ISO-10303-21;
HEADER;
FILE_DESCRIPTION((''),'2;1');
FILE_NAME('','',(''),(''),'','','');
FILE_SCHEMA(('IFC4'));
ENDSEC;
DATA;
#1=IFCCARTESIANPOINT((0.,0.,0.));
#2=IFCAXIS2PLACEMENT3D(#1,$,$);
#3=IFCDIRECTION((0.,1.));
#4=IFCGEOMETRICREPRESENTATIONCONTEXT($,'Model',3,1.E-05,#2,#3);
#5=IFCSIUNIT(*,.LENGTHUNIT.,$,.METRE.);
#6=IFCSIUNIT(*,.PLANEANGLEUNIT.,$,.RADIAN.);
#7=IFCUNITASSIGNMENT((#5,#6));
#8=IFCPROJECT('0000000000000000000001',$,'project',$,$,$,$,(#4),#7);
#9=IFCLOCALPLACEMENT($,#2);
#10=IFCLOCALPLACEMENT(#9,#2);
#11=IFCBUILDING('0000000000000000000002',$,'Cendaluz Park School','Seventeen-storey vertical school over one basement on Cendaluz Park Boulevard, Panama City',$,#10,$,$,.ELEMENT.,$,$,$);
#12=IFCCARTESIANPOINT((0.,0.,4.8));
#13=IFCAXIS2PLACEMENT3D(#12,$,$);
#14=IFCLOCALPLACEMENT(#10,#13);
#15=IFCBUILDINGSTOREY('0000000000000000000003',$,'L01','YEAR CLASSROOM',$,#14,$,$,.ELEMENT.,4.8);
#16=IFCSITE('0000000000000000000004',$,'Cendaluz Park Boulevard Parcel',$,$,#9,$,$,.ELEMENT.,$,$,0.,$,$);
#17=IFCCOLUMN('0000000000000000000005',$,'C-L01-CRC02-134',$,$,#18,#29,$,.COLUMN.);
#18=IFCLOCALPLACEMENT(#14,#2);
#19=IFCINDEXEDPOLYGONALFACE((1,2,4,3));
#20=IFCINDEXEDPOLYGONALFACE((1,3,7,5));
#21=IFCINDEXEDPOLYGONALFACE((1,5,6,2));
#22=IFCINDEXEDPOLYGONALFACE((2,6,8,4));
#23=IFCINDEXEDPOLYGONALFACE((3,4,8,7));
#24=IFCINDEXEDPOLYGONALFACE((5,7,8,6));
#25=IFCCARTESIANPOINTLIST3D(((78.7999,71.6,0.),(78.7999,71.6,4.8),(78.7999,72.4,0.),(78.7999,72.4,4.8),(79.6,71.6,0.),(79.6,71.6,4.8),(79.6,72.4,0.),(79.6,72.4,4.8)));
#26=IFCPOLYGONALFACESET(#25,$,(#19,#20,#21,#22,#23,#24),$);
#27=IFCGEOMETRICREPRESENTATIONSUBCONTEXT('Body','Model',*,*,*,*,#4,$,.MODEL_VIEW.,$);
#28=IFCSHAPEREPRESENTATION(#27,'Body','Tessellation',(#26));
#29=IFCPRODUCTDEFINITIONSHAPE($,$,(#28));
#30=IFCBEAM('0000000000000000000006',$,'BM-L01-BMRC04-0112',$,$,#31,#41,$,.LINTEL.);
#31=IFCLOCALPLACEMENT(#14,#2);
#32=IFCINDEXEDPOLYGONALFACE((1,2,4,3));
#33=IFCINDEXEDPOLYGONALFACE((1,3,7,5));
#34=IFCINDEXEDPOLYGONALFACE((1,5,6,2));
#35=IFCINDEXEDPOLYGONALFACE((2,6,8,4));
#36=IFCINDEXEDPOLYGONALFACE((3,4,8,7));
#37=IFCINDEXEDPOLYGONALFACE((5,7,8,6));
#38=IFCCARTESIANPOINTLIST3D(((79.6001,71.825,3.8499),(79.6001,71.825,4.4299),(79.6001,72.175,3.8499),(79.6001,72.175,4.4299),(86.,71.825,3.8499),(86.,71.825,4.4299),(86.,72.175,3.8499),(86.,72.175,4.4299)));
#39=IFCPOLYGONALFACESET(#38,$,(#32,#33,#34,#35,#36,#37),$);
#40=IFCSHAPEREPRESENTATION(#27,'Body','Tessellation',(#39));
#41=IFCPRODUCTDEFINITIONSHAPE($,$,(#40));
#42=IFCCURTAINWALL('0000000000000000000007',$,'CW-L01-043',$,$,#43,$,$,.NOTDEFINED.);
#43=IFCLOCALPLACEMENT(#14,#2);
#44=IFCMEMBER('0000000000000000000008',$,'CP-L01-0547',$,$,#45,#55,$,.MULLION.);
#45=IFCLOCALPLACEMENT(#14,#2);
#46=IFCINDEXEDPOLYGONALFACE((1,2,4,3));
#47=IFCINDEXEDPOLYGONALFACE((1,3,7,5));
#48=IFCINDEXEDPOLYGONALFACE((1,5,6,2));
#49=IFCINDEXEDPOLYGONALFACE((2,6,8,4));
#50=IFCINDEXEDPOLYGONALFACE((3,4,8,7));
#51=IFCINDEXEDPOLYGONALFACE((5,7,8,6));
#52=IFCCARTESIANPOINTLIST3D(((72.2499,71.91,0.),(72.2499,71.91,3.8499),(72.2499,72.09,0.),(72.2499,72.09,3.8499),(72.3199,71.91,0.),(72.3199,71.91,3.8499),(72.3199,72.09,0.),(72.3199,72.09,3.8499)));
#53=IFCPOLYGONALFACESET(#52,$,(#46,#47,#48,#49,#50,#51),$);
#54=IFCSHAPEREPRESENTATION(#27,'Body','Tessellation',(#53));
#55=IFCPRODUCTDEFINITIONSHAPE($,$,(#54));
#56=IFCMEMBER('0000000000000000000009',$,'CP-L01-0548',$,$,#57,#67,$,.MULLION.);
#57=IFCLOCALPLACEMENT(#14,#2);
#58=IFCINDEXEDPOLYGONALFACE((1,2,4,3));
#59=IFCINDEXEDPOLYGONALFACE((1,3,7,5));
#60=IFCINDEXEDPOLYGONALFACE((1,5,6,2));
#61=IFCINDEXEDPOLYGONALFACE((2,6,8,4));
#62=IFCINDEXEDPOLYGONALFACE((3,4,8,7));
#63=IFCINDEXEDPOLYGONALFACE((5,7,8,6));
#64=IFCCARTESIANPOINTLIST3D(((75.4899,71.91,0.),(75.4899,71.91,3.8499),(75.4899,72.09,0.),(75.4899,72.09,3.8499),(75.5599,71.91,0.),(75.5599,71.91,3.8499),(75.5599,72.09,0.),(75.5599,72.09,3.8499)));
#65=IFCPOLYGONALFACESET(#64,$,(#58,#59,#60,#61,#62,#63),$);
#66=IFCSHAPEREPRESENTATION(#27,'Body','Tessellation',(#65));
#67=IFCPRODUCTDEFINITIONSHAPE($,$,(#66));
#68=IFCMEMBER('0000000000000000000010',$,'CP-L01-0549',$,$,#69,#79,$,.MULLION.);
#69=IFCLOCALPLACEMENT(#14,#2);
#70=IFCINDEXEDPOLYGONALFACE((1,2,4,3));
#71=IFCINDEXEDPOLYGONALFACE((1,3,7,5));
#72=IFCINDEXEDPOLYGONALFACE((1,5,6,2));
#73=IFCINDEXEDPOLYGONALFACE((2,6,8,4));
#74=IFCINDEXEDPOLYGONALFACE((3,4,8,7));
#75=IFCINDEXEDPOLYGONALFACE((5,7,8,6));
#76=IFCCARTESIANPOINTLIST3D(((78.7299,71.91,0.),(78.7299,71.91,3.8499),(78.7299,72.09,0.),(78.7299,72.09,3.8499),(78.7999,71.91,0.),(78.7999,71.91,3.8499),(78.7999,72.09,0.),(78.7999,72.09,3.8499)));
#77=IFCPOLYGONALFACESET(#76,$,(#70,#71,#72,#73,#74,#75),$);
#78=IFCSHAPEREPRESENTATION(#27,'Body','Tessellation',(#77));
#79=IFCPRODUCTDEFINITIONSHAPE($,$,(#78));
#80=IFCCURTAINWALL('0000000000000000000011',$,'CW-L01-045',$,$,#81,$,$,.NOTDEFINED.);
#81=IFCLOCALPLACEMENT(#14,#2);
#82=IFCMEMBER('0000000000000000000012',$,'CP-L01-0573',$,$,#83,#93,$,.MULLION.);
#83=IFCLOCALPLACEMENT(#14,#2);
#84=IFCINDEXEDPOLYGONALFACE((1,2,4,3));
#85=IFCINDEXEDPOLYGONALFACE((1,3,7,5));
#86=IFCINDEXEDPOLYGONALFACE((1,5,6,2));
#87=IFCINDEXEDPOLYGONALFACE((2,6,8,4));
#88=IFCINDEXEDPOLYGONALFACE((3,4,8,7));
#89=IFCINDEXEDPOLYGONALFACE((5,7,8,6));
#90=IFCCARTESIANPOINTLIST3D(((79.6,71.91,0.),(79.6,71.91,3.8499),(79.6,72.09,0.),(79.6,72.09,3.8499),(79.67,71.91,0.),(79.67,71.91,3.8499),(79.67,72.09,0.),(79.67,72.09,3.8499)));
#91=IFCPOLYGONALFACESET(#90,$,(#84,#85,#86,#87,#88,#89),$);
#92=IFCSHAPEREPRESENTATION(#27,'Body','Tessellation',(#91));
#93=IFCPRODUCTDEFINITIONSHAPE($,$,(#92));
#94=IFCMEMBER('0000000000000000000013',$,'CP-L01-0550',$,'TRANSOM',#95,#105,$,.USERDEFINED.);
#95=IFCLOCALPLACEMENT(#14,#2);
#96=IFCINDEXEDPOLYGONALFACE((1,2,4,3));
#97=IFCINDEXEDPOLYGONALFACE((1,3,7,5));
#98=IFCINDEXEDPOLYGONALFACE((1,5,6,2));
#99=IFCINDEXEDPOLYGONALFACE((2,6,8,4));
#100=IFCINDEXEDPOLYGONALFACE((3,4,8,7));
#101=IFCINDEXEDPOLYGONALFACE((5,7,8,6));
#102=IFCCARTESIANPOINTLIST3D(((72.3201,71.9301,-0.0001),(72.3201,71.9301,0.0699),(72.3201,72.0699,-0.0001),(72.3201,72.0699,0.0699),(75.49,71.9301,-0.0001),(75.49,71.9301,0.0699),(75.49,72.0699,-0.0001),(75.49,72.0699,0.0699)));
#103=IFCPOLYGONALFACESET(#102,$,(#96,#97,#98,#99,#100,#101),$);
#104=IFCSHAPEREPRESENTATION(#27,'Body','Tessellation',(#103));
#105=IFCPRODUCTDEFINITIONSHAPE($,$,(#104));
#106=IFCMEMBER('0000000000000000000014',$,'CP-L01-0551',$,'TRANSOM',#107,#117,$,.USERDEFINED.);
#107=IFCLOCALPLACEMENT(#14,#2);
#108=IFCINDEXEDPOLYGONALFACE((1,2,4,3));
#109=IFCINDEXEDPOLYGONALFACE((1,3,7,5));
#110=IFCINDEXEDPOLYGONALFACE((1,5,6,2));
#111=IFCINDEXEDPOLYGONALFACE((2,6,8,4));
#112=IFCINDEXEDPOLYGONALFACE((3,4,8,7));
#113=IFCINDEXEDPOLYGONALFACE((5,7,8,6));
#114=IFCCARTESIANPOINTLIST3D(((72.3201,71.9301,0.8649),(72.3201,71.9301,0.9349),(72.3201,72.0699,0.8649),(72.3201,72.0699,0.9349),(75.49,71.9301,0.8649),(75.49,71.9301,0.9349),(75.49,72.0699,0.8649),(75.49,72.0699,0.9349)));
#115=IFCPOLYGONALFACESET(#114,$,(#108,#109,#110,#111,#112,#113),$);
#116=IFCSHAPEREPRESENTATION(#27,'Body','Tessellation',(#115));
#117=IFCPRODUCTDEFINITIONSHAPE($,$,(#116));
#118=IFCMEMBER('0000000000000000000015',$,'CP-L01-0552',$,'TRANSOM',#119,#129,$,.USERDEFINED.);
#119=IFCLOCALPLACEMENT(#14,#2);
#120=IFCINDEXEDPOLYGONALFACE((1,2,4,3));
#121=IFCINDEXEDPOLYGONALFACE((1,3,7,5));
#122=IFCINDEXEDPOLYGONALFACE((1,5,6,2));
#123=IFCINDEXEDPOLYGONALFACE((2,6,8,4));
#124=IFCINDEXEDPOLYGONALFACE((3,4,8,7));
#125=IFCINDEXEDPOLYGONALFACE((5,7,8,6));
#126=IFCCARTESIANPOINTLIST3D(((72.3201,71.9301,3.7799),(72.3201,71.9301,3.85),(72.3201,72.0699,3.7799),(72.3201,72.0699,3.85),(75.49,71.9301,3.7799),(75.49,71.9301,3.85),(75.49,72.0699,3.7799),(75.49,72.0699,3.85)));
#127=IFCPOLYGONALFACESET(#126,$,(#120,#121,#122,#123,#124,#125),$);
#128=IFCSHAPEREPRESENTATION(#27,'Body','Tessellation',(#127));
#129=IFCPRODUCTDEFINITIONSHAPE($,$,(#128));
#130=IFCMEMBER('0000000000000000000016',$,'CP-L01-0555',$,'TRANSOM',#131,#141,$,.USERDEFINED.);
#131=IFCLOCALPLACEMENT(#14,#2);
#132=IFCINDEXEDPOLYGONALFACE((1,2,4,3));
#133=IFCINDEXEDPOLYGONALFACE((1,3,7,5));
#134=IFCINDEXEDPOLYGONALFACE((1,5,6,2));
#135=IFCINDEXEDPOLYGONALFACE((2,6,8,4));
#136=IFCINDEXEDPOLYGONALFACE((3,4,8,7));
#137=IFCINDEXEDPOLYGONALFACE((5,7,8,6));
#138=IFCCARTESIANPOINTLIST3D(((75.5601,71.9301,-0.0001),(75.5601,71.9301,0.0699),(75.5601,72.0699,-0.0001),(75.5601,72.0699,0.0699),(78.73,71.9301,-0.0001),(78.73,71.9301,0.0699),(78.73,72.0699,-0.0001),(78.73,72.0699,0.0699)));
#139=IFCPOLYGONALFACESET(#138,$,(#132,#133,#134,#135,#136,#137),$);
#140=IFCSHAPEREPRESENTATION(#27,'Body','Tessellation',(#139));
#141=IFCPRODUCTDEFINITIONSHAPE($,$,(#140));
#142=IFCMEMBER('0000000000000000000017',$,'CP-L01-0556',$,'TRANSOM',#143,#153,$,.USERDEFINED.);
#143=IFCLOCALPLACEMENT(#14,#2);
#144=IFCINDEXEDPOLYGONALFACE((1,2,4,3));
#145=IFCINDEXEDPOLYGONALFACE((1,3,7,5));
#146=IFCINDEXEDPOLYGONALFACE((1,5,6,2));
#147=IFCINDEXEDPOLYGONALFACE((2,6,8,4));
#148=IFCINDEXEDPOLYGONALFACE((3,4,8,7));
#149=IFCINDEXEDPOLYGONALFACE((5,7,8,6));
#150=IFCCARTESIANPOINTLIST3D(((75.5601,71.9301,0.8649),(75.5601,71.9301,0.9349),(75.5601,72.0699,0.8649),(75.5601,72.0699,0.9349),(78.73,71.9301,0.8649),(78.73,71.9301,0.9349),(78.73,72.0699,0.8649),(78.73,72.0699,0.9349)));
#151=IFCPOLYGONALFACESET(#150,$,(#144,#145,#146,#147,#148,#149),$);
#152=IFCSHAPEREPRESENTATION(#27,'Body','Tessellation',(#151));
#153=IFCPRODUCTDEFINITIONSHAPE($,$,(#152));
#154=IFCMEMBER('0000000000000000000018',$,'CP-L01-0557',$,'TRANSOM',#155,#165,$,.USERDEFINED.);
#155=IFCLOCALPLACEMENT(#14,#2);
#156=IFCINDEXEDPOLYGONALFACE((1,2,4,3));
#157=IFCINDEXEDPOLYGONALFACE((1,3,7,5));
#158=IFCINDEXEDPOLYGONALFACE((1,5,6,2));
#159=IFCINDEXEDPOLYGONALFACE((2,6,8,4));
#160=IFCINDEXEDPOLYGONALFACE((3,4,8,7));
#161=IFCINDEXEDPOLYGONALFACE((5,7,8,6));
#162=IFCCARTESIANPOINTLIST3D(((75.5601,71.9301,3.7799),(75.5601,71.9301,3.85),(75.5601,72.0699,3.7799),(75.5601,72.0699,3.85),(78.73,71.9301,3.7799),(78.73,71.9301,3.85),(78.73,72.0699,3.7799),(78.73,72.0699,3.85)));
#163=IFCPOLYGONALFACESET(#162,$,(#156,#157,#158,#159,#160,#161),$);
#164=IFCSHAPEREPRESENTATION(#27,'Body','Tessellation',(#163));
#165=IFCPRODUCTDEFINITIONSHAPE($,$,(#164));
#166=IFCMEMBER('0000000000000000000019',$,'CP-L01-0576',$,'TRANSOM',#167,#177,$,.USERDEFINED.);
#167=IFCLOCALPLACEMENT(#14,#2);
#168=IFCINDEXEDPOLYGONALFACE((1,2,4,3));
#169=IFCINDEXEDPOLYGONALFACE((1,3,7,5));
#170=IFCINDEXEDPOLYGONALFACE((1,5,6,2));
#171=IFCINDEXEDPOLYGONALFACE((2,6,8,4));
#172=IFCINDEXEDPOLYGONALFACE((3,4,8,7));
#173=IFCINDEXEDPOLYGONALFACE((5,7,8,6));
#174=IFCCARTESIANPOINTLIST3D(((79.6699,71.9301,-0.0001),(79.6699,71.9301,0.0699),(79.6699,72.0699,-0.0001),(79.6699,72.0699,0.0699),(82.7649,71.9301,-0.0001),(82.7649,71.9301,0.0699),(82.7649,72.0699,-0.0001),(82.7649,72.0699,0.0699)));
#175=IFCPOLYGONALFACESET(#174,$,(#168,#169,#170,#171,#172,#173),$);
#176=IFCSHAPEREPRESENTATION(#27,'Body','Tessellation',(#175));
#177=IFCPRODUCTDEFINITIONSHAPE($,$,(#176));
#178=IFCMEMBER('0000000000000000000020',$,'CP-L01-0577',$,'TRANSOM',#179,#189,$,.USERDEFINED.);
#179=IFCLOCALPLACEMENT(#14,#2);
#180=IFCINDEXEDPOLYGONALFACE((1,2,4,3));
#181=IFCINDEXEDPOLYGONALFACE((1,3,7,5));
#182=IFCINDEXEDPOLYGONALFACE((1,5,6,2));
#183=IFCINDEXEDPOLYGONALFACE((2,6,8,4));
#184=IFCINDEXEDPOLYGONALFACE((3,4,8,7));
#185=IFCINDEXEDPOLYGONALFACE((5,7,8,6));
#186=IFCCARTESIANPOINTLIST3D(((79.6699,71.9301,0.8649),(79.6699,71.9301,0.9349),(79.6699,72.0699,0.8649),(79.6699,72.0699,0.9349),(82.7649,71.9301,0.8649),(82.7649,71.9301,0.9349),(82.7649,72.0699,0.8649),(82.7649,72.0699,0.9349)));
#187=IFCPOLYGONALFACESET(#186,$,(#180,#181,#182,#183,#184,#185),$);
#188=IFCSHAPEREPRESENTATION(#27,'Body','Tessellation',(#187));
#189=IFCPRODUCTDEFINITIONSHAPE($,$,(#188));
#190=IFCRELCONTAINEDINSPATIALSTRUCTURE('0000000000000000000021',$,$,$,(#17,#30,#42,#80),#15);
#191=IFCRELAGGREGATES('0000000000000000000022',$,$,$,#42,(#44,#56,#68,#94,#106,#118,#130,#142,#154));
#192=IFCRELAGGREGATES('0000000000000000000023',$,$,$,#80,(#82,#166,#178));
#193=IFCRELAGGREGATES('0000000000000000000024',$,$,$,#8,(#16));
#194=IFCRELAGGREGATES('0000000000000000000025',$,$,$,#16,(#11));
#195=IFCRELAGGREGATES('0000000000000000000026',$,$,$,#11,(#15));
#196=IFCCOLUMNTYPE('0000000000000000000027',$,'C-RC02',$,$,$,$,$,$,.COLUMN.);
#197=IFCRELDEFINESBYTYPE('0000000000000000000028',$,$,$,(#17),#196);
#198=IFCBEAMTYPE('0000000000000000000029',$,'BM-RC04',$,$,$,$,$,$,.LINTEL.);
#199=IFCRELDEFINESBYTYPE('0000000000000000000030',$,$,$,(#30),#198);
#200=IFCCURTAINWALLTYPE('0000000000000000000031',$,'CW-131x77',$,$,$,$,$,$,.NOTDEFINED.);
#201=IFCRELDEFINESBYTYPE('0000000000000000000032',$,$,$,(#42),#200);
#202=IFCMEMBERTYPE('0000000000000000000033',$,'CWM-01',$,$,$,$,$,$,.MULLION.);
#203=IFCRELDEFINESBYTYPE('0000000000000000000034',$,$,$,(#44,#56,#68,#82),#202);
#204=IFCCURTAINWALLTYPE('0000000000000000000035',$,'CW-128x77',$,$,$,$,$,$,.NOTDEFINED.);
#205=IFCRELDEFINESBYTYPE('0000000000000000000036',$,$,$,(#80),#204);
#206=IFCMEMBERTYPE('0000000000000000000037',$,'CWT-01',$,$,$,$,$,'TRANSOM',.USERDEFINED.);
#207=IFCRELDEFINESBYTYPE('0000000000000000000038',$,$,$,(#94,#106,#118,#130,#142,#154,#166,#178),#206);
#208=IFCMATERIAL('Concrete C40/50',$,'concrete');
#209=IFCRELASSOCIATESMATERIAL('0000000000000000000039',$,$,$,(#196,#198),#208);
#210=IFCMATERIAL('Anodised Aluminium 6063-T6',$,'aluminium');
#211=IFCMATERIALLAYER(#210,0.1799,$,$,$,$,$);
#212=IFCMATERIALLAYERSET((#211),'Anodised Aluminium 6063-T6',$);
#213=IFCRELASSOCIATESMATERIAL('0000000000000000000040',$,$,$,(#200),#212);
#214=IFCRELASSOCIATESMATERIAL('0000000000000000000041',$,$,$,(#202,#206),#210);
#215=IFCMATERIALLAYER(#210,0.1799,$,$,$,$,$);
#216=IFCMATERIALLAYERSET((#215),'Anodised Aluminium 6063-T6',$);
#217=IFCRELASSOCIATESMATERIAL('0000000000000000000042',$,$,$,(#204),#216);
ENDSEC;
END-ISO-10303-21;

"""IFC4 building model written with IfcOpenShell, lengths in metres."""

from ifc_helpers import new_model, si_unit, direction, frame, origin, origin_2d, place, context, subcontext, project, spatial, rectangle, extrude, material, layer, layer_set, material_profile, profile_set, type_object, element, aggregate, save


model = new_model("IFC4")

# Units and contexts
model_context = context("Model", 3, precision=1e-05, world=origin(), true_north=direction((0.0, 1.0)))
body_context = subcontext(model_context, "Body", "Model", "MODEL_VIEW")
ifc_project = project(units=[si_unit("LENGTHUNIT", "METRE"), si_unit("PLANEANGLEUNIT", "RADIAN")], contexts=[model_context])

# Site, building, storey
site_placement = place(None, origin())
site = spatial("IfcSite", under=ifc_project, at=site_placement, Name="Cendaluz Park Boulevard Parcel", CompositionType="ELEMENT", RefElevation=0.0)
building_placement = place(site_placement, origin())
building = spatial("IfcBuilding", under=site, at=building_placement, Name="Cendaluz Park School", Description="Seventeen-storey vertical school over one basement on Cendaluz Park Boulevard, Panama City", CompositionType="ELEMENT")
storey_placement = place(building_placement, frame((0.0, 0.0, 4.8)))
storey = spatial("IfcBuildingStorey", under=building, at=storey_placement, Name="L01", Description="YEAR CLASSROOM", CompositionType="ELEMENT", Elevation=4.8)

# Column
ifc_material_1 = material(Name="Concrete C40/50", Category="concrete")
ifc_material_profile_1 = material_profile(ifc_material_1, rectangle(XDim=0.8, YDim=0.8, at=origin_2d()), Name="RC 800x800", Category="concrete")
ifc_profile_set_1 = profile_set([ifc_material_profile_1], Name="Concrete C40/50")
column_type = type_object("IfcColumnType", Name="C-RC02", PredefinedType="COLUMN", material=ifc_profile_set_1)
column_placement = place(storey_placement, frame((79.2, 72.0, 0.0), z_axis=(0.0, 0.0, 1.0), x_axis=(1.0, 0.0, 0.0)))
element("IfcColumn", 1, at=column_placement, inside=storey, type_object=column_type, Name="C-L01-CRC02-134", PredefinedType="COLUMN", context=body_context, shape_type="SweptSolid", body=[
    extrude(rectangle(XDim=0.8, YDim=0.8, at=origin_2d()), origin(), (0.0, 0.0, 1.0), 4.8),
])

# Beam
ifc_material_profile_2 = material_profile(ifc_material_1, rectangle(XDim=0.3501, YDim=0.5801, at=origin_2d()), Name="RC 350x580", Category="concrete")
ifc_profile_set_2 = profile_set([ifc_material_profile_2], Name="Concrete C40/50")
beam_type = type_object("IfcBeamType", Name="BM-RC04", PredefinedType="LINTEL", material=ifc_profile_set_2)
beam_placement = place(storey_placement, frame((79.6001, 72.0, 4.1399), z_axis=(1.0, 0.0, 0.0), x_axis=(0.0, 1.0, 0.0)))
element("IfcBeam", 2, at=beam_placement, inside=storey, type_object=beam_type, Name="BM-L01-BMRC04-0112", PredefinedType="LINTEL", context=body_context, shape_type="SweptSolid", body=[
    extrude(rectangle(XDim=0.3501, YDim=0.5801, at=origin_2d()), origin(), (0.0, 0.0, 1.0), 6.3999),
])

# Curtain wall, members
ifc_material_2 = material(Name="Anodised Aluminium 6063-T6", Category="aluminium")
ifc_layer_1 = layer(ifc_material_2, 0.1799)
ifc_layer_set_1 = layer_set([ifc_layer_1], Name="Anodised Aluminium 6063-T6")
curtain_wall_type_1 = type_object("IfcCurtainWallType", Name="CW-131x77", PredefinedType="NOTDEFINED", material=ifc_layer_set_1)
curtain_wall_1_placement = place(storey_placement, origin())
curtain_wall_1 = element("IfcCurtainWall", 3, at=curtain_wall_1_placement, inside=storey, type_object=curtain_wall_type_1, Name="CW-L01-043", PredefinedType="NOTDEFINED")
ifc_material_profile_3 = material_profile(ifc_material_2, rectangle(XDim=0.1799, YDim=0.0701, at=origin_2d()), Name="CWM 180x70", Category="aluminium")
ifc_profile_set_3 = profile_set([ifc_material_profile_3], Name="Anodised Aluminium 6063-T6")
member_type_1 = type_object("IfcMemberType", Name="CWM-01", PredefinedType="MULLION", material=ifc_profile_set_3)
member_1_placement = place(storey_placement, frame((72.2849, 72.0, 0.0), z_axis=(0.0, 0.0, 1.0), x_axis=(0.0, 1.0, 0.0)))
member_1 = element("IfcMember", 4, at=member_1_placement, type_object=member_type_1, Name="CP-L01-0547", PredefinedType="MULLION", context=body_context, shape_type="SweptSolid", body=[
    extrude(rectangle(XDim=0.1799, YDim=0.0701, at=origin_2d()), origin(), (0.0, 0.0, 1.0), 3.8499),
])
member_2_placement = place(storey_placement, frame((75.5249, 72.0, 0.0), z_axis=(0.0, 0.0, 1.0), x_axis=(0.0, 1.0, 0.0)))
member_2 = element("IfcMember", 5, at=member_2_placement, type_object=member_type_1, Name="CP-L01-0548", PredefinedType="MULLION", context=body_context, shape_type="SweptSolid", body=[
    extrude(rectangle(XDim=0.1799, YDim=0.0701, at=origin_2d()), origin(), (0.0, 0.0, 1.0), 3.8499),
])
member_3_placement = place(storey_placement, frame((78.7649, 72.0, 0.0), z_axis=(0.0, 0.0, 1.0), x_axis=(0.0, 1.0, 0.0)))
member_3 = element("IfcMember", 6, at=member_3_placement, type_object=member_type_1, Name="CP-L01-0549", PredefinedType="MULLION", context=body_context, shape_type="SweptSolid", body=[
    extrude(rectangle(XDim=0.1799, YDim=0.0701, at=origin_2d()), origin(), (0.0, 0.0, 1.0), 3.8499),
])

# Curtain wall, member
ifc_layer_2 = layer(ifc_material_2, 0.1799)
ifc_layer_set_2 = layer_set([ifc_layer_2], Name="Anodised Aluminium 6063-T6")
curtain_wall_type_2 = type_object("IfcCurtainWallType", Name="CW-128x77", PredefinedType="NOTDEFINED", material=ifc_layer_set_2)
curtain_wall_2_placement = place(storey_placement, origin())
curtain_wall_2 = element("IfcCurtainWall", 7, at=curtain_wall_2_placement, inside=storey, type_object=curtain_wall_type_2, Name="CW-L01-045", PredefinedType="NOTDEFINED")
member_4_placement = place(storey_placement, frame((79.635, 72.0, 0.0), z_axis=(0.0, 0.0, 1.0), x_axis=(0.0, 1.0, 0.0)))
member_4 = element("IfcMember", 8, at=member_4_placement, type_object=member_type_1, Name="CP-L01-0573", PredefinedType="MULLION", context=body_context, shape_type="SweptSolid", body=[
    extrude(rectangle(XDim=0.1799, YDim=0.0701, at=origin_2d()), origin(), (0.0, 0.0, 1.0), 3.8499),
])

# Members
ifc_material_profile_4 = material_profile(ifc_material_2, rectangle(XDim=0.1399, YDim=0.0701, at=origin_2d()), Name="CWT 140x70", Category="aluminium")
ifc_profile_set_4 = profile_set([ifc_material_profile_4], Name="Anodised Aluminium 6063-T6")
member_type_2 = type_object("IfcMemberType", Name="CWT-01", ElementType="TRANSOM", PredefinedType="USERDEFINED", material=ifc_profile_set_4)
member_5_placement = place(storey_placement, frame((72.3201, 72.0, 0.0349), z_axis=(1.0, 0.0, 0.0), x_axis=(0.0, 1.0, 0.0)))
member_5 = element("IfcMember", 9, at=member_5_placement, type_object=member_type_2, Name="CP-L01-0550", ObjectType="TRANSOM", PredefinedType="USERDEFINED", context=body_context, shape_type="SweptSolid", body=[
    extrude(rectangle(XDim=0.1399, YDim=0.0701, at=origin_2d()), origin(), (0.0, 0.0, 1.0), 3.1699),
])
member_6_placement = place(storey_placement, frame((72.3201, 72.0, 0.8999), z_axis=(1.0, 0.0, 0.0), x_axis=(0.0, 1.0, 0.0)))
member_6 = element("IfcMember", 10, at=member_6_placement, type_object=member_type_2, Name="CP-L01-0551", ObjectType="TRANSOM", PredefinedType="USERDEFINED", context=body_context, shape_type="SweptSolid", body=[
    extrude(rectangle(XDim=0.1399, YDim=0.0701, at=origin_2d()), origin(), (0.0, 0.0, 1.0), 3.1699),
])
member_7_placement = place(storey_placement, frame((72.3201, 72.0, 3.8149), z_axis=(1.0, 0.0, 0.0), x_axis=(0.0, 1.0, 0.0)))
member_7 = element("IfcMember", 11, at=member_7_placement, type_object=member_type_2, Name="CP-L01-0552", ObjectType="TRANSOM", PredefinedType="USERDEFINED", context=body_context, shape_type="SweptSolid", body=[
    extrude(rectangle(XDim=0.1399, YDim=0.0701, at=origin_2d()), origin(), (0.0, 0.0, 1.0), 3.1699),
])
member_8_placement = place(storey_placement, frame((75.5601, 72.0, 0.0349), z_axis=(1.0, 0.0, 0.0), x_axis=(0.0, 1.0, 0.0)))
member_8 = element("IfcMember", 12, at=member_8_placement, type_object=member_type_2, Name="CP-L01-0555", ObjectType="TRANSOM", PredefinedType="USERDEFINED", context=body_context, shape_type="SweptSolid", body=[
    extrude(rectangle(XDim=0.1399, YDim=0.0701, at=origin_2d()), origin(), (0.0, 0.0, 1.0), 3.1699),
])
member_9_placement = place(storey_placement, frame((75.5601, 72.0, 0.8999), z_axis=(1.0, 0.0, 0.0), x_axis=(0.0, 1.0, 0.0)))
member_9 = element("IfcMember", 13, at=member_9_placement, type_object=member_type_2, Name="CP-L01-0556", ObjectType="TRANSOM", PredefinedType="USERDEFINED", context=body_context, shape_type="SweptSolid", body=[
    extrude(rectangle(XDim=0.1399, YDim=0.0701, at=origin_2d()), origin(), (0.0, 0.0, 1.0), 3.1699),
])
member_10_placement = place(storey_placement, frame((75.5601, 72.0, 3.8149), z_axis=(1.0, 0.0, 0.0), x_axis=(0.0, 1.0, 0.0)))
member_10 = element("IfcMember", 14, at=member_10_placement, type_object=member_type_2, Name="CP-L01-0557", ObjectType="TRANSOM", PredefinedType="USERDEFINED", context=body_context, shape_type="SweptSolid", body=[
    extrude(rectangle(XDim=0.1399, YDim=0.0701, at=origin_2d()), origin(), (0.0, 0.0, 1.0), 3.1699),
])
member_11_placement = place(storey_placement, frame((79.6699, 72.0, 0.0349), z_axis=(1.0, 0.0, 0.0), x_axis=(0.0, 1.0, 0.0)))
member_11 = element("IfcMember", 15, at=member_11_placement, type_object=member_type_2, Name="CP-L01-0576", ObjectType="TRANSOM", PredefinedType="USERDEFINED", context=body_context, shape_type="SweptSolid", body=[
    extrude(rectangle(XDim=0.1399, YDim=0.0701, at=origin_2d()), origin(), (0.0, 0.0, 1.0), 3.095),
])
member_12_placement = place(storey_placement, frame((79.6699, 72.0, 0.8999), z_axis=(1.0, 0.0, 0.0), x_axis=(0.0, 1.0, 0.0)))
member_12 = element("IfcMember", 16, at=member_12_placement, type_object=member_type_2, Name="CP-L01-0577", ObjectType="TRANSOM", PredefinedType="USERDEFINED", context=body_context, shape_type="SweptSolid", body=[
    extrude(rectangle(XDim=0.1399, YDim=0.0701, at=origin_2d()), origin(), (0.0, 0.0, 1.0), 3.095),
])

aggregate(curtain_wall_1, [member_1, member_2, member_3, member_5, member_6, member_7, member_8, member_9, member_10])
aggregate(curtain_wall_2, [member_4, member_11, member_12])

save(model, "model.ifc")
